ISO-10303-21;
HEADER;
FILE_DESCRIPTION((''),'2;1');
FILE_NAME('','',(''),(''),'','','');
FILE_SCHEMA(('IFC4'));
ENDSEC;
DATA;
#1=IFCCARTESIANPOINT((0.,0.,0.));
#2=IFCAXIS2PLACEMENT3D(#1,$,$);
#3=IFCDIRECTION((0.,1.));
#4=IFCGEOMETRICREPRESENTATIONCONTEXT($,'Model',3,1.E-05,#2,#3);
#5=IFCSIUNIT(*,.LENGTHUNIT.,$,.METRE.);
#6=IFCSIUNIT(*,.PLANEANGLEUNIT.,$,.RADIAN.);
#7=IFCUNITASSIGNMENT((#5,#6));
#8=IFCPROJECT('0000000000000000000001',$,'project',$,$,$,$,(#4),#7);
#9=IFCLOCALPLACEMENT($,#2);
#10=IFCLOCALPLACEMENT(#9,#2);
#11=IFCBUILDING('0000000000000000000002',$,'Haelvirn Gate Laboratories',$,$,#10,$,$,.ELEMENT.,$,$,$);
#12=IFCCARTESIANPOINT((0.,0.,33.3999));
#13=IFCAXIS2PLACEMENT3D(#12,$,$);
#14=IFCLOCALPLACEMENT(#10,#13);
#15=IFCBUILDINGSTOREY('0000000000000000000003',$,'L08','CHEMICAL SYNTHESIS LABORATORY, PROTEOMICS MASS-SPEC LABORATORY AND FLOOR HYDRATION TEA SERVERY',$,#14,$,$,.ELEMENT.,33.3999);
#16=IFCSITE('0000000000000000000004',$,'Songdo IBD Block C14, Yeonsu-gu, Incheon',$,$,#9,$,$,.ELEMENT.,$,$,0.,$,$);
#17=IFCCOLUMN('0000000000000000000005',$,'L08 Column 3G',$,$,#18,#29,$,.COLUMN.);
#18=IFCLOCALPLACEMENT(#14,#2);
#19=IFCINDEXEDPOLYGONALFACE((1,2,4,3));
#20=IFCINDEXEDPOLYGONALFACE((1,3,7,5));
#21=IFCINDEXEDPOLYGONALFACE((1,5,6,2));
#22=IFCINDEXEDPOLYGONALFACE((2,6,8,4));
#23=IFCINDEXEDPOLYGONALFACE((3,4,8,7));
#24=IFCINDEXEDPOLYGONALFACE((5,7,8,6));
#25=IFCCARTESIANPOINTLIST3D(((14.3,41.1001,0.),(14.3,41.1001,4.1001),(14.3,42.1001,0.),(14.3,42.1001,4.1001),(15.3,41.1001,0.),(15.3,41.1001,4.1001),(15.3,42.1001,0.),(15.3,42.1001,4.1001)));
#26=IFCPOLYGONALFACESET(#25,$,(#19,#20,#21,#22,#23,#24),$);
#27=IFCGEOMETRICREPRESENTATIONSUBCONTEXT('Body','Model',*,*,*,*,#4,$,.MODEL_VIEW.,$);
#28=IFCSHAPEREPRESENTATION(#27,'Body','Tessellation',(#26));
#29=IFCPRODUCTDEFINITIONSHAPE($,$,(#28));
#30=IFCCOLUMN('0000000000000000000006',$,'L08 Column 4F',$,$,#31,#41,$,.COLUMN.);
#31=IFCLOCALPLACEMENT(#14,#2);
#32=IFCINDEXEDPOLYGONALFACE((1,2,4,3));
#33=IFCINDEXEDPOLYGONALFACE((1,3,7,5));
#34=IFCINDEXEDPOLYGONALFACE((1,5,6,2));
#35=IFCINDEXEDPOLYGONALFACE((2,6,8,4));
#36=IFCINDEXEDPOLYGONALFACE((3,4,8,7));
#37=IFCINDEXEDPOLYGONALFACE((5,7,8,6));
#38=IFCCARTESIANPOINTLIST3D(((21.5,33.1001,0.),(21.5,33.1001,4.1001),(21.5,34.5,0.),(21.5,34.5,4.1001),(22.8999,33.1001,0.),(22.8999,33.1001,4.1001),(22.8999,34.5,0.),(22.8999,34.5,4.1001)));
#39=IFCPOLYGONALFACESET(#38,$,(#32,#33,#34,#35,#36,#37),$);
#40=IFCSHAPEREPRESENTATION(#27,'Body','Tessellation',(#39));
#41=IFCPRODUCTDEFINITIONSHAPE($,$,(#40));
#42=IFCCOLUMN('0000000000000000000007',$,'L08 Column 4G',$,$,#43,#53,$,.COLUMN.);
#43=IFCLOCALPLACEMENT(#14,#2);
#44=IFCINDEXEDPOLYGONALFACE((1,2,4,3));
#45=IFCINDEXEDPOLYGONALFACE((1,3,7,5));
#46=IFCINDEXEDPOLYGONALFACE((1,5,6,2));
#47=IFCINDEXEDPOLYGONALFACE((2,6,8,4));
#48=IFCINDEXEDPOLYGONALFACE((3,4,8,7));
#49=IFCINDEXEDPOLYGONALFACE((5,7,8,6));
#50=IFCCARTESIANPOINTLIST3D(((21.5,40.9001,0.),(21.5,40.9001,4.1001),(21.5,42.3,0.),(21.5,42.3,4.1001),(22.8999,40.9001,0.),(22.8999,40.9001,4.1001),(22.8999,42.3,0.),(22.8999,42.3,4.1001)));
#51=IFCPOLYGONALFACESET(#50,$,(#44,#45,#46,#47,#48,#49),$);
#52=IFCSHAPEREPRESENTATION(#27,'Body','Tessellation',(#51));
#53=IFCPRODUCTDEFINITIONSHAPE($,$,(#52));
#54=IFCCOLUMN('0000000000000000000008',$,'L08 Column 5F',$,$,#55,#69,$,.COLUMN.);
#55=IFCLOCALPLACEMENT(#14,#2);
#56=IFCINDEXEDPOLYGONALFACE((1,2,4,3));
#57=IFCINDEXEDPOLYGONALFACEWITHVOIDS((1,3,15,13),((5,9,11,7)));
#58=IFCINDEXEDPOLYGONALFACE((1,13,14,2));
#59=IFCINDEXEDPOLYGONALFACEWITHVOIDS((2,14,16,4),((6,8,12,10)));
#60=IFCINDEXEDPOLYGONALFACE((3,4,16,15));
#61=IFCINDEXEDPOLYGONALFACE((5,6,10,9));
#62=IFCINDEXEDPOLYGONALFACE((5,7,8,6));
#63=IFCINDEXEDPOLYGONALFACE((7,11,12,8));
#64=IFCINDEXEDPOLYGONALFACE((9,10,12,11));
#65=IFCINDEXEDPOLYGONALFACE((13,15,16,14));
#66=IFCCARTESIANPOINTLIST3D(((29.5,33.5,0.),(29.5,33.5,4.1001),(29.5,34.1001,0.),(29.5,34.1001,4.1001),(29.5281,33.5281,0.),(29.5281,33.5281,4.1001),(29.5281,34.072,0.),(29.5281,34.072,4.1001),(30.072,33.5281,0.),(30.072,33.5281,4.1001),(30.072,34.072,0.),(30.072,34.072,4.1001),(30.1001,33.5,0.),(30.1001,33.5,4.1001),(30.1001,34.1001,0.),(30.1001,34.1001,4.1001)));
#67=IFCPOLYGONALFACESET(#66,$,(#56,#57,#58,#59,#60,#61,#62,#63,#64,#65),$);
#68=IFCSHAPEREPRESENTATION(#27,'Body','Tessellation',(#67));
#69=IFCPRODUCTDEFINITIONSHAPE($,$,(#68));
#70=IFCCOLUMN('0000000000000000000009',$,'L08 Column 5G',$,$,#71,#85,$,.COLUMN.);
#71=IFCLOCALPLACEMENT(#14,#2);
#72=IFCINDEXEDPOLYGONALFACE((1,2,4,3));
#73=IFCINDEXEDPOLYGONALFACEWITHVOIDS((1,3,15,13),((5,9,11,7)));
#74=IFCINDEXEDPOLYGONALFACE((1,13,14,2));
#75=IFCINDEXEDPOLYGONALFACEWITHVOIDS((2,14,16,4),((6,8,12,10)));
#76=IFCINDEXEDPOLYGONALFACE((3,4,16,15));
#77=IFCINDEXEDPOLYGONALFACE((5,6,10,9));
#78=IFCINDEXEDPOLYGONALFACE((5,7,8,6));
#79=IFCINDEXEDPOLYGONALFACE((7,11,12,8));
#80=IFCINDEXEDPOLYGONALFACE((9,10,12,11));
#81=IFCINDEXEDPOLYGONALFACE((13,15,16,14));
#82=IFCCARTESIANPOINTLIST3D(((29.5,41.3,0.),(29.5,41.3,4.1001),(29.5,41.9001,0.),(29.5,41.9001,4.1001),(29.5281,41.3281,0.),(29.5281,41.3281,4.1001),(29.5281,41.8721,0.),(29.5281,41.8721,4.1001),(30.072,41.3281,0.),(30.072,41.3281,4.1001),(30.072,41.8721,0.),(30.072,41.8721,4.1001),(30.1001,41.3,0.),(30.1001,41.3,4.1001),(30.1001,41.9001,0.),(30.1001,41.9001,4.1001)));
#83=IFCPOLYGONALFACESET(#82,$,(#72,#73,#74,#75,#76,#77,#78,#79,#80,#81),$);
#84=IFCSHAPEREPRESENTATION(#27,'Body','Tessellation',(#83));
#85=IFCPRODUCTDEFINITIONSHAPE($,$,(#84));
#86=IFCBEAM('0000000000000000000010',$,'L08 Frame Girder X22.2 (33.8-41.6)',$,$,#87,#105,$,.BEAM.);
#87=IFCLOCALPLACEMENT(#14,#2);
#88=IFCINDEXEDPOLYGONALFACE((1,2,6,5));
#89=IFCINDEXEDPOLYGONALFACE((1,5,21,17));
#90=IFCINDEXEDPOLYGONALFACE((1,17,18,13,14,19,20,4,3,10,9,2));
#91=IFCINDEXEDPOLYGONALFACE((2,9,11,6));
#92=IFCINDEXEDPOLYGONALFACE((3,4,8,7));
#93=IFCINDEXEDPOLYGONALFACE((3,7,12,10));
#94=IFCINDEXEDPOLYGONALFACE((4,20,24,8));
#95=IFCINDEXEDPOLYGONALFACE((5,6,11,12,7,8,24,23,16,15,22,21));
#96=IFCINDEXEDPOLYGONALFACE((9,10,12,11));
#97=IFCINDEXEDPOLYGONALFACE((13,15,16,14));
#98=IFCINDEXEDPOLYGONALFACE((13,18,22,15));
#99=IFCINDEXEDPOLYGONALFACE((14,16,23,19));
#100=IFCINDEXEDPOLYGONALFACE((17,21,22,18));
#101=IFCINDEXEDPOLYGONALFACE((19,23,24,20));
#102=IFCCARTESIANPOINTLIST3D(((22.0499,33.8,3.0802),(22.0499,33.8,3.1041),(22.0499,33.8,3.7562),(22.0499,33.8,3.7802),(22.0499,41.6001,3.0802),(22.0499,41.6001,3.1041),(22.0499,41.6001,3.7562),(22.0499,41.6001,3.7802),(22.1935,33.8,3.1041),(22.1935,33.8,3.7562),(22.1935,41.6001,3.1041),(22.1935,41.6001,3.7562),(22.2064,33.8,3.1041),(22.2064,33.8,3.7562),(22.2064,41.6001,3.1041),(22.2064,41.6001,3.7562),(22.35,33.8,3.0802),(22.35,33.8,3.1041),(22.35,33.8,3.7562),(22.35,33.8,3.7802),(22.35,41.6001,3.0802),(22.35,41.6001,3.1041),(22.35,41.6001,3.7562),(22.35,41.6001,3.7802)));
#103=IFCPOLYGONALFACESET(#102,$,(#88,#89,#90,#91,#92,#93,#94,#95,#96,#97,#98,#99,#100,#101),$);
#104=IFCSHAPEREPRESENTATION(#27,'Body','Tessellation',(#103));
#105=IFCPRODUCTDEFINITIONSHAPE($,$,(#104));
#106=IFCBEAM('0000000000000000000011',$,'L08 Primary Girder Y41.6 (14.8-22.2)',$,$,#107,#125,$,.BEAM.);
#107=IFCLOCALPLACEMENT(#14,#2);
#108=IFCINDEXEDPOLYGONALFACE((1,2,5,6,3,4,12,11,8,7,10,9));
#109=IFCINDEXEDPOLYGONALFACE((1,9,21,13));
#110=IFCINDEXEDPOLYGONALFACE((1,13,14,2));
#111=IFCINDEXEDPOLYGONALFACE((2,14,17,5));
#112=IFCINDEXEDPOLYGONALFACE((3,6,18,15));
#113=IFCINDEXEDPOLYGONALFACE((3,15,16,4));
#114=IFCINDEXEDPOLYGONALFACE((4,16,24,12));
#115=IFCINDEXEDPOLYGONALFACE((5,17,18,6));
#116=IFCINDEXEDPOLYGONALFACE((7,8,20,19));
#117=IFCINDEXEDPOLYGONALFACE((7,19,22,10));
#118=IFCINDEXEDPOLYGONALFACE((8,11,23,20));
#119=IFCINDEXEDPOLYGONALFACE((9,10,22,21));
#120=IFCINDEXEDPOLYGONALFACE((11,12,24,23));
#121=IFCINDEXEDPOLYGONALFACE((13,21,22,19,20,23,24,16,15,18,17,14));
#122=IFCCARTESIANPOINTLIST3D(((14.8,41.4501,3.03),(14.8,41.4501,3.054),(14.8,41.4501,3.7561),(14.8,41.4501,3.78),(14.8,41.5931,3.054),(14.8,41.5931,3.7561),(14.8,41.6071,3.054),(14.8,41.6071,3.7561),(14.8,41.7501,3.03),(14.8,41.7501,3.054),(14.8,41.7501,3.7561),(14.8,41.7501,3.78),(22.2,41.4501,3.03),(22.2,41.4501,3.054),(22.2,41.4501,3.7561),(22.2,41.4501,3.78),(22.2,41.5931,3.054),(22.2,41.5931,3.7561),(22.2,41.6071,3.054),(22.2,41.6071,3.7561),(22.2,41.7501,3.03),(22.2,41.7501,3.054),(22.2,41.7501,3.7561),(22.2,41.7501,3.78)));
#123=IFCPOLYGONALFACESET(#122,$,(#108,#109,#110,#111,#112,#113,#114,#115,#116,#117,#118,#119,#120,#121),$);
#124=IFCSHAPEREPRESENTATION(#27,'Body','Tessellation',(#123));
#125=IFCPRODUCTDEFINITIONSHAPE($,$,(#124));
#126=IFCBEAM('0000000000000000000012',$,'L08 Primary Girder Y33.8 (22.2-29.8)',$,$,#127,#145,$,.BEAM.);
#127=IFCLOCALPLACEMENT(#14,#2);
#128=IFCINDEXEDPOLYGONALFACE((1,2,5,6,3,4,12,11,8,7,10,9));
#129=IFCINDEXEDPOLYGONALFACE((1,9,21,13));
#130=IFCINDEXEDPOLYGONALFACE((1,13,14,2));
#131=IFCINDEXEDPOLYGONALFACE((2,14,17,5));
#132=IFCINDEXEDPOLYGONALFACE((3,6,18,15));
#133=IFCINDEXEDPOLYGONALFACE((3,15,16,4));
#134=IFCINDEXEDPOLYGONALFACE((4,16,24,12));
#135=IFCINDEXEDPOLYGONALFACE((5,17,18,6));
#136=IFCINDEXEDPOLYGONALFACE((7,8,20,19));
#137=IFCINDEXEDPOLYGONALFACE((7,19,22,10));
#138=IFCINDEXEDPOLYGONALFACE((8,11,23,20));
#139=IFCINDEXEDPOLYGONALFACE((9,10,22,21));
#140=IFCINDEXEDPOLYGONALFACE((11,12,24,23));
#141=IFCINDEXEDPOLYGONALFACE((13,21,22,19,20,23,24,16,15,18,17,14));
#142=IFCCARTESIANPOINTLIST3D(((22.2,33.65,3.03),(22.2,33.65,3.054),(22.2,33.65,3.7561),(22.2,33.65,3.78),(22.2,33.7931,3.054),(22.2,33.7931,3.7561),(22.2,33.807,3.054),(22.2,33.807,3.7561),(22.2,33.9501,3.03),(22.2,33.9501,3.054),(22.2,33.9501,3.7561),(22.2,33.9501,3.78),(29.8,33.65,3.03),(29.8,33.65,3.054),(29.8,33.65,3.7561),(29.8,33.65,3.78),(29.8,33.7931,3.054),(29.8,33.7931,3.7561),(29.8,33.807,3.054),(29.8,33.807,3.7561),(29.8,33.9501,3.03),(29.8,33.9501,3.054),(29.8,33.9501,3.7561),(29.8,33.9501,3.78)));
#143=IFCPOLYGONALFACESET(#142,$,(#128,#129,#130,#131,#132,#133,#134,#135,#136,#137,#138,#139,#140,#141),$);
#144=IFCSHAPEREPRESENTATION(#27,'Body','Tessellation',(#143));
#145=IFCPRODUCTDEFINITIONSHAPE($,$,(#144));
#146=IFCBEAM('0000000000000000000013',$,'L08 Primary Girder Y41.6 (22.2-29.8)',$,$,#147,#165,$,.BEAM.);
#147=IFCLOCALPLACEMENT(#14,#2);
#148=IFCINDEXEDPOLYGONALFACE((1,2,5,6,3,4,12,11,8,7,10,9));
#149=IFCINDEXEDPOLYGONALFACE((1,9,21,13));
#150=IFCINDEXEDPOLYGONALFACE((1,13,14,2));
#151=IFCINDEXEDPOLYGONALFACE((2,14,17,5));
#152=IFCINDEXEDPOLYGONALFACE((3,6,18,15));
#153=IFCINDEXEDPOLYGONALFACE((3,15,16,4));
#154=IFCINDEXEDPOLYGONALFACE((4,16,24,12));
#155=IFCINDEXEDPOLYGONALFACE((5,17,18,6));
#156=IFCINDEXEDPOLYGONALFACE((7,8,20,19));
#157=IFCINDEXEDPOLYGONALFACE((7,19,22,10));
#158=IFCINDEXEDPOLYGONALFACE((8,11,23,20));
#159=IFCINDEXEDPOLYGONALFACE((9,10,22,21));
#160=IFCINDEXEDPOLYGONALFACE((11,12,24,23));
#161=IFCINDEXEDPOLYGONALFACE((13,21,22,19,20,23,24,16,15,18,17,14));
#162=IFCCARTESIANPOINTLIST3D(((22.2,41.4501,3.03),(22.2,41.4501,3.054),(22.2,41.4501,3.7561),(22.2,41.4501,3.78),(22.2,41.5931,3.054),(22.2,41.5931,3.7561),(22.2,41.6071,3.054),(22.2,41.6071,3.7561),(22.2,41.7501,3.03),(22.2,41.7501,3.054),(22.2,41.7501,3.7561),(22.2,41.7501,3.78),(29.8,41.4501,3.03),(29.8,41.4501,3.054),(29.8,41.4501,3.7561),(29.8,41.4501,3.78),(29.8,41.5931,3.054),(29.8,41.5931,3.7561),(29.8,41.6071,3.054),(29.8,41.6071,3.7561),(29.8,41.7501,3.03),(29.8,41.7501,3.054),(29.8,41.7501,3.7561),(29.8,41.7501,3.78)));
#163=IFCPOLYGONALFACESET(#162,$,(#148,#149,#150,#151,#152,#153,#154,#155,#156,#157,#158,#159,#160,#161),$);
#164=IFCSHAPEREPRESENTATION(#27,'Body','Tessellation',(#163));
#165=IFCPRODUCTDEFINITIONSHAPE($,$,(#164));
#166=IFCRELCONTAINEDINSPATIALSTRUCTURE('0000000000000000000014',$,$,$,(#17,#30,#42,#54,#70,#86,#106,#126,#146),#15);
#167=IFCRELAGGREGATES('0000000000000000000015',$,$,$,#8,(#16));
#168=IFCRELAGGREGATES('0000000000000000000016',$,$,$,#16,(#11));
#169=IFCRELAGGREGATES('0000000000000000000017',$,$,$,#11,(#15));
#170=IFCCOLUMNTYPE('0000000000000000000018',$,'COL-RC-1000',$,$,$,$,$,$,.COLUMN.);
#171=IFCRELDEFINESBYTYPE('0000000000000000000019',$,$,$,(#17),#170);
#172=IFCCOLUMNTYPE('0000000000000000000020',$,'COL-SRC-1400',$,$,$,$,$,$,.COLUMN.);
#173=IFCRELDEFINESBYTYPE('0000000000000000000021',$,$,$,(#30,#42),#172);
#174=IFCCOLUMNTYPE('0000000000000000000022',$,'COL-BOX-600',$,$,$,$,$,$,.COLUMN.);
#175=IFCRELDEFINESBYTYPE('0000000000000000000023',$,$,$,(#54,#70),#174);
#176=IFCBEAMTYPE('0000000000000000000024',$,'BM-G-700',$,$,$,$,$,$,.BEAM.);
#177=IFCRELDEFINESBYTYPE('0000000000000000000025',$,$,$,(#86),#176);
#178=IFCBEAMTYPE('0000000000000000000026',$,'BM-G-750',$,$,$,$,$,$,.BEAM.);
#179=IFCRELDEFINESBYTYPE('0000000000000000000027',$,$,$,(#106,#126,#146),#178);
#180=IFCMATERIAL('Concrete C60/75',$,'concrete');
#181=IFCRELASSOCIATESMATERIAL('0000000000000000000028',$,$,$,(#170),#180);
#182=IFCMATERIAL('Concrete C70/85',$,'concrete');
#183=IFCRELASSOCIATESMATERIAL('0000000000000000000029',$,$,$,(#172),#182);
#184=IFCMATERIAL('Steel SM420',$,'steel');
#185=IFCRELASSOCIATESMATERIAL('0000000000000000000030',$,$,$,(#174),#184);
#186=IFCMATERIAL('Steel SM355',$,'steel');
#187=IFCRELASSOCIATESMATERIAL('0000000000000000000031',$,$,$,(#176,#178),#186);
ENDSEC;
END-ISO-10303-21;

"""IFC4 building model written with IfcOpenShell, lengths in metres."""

from ifc_helpers import new_model, si_unit, direction, frame, origin, origin_2d, place, context, subcontext, project, spatial, rectangle, hollow_rectangle, i_section, extrude, source, transform, mapped, material, material_profile, profile_set, type_object, type_shapes, element, save


model = new_model("IFC4")

# Units and contexts
model_context = context("Model", 3, precision=1e-05, world=origin(), true_north=direction((0.0, 1.0)))
body_context = subcontext(model_context, "Body", "Model", "MODEL_VIEW")
ifc_project = project(units=[si_unit("LENGTHUNIT", "METRE"), si_unit("PLANEANGLEUNIT", "RADIAN")], contexts=[model_context])

# Site, building, storey
site_placement = place(None, origin())
site = spatial("IfcSite", under=ifc_project, at=site_placement, Name="Songdo IBD Block C14, Yeonsu-gu, Incheon", CompositionType="ELEMENT", RefElevation=0.0)
building_placement = place(site_placement, origin())
building = spatial("IfcBuilding", under=site, at=building_placement, Name="Haelvirn Gate Laboratories", CompositionType="ELEMENT")
storey_placement = place(building_placement, frame((0.0, 0.0, 33.3999)))
storey = spatial("IfcBuildingStorey", under=building, at=storey_placement, Name="L08", Description="CHEMICAL SYNTHESIS LABORATORY, PROTEOMICS MASS-SPEC LABORATORY AND FLOOR HYDRATION TEA SERVERY", CompositionType="ELEMENT", Elevation=33.3999)

# Columns
ifc_material_1 = material(Name="Concrete C60/75", Category="concrete")
ifc_material_profile_1 = material_profile(ifc_material_1, rectangle(XDim=1.0, YDim=1.0, at=origin_2d()), Name="RC-1000x1000")
ifc_profile_set_1 = profile_set([ifc_material_profile_1], Name="Concrete C60/75")
column_type_1 = type_object("IfcColumnType", Name="COL-RC-1000", PredefinedType="COLUMN", material=ifc_profile_set_1)
shared_shape_1 = source(origin(), body_context, "Body", "SweptSolid", [
    extrude(rectangle(XDim=1.0, YDim=1.0, at=origin_2d()), origin(), (0.0, 0.0, 1.0), 4.1001),
])
type_shapes(column_type_1, [shared_shape_1])
column_placement = place(storey_placement, frame((14.8, 41.6001, 0.0), z_axis=(0.0, 0.0, 1.0), x_axis=(1.0, 0.0, 0.0)))
element("IfcColumn", 1, at=column_placement, inside=storey, type_object=column_type_1, Name="L08 Column 3G", PredefinedType="COLUMN", context=body_context, shape_type="MappedRepresentation", body=[
    mapped(shared_shape_1, transform((0.0, 0.0, 0.0), scale=1.0)),
])
ifc_material_2 = material(Name="Concrete C70/85", Category="concrete")
ifc_material_profile_2 = material_profile(ifc_material_2, rectangle(XDim=1.3999, YDim=1.3999, at=origin_2d()), Name="SRC-1400x1400")
ifc_profile_set_2 = profile_set([ifc_material_profile_2], Name="Concrete C70/85")
column_type_2 = type_object("IfcColumnType", Name="COL-SRC-1400", PredefinedType="COLUMN", material=ifc_profile_set_2)
shared_shape_2 = source(origin(), body_context, "Body", "SweptSolid", [
    extrude(rectangle(XDim=1.3999, YDim=1.3999, at=origin_2d()), origin(), (0.0, 0.0, 1.0), 4.1001),
])
type_shapes(column_type_2, [shared_shape_2])
for number, where, z_axis, x_axis, name in (
    (2, (22.2, 33.8, 0.0), (0.0, 0.0, 1.0), (1.0, 0.0, 0.0), "L08 Column 4F"),
    (3, (22.2, 41.6001, 0.0), (0.0, 0.0, 1.0), (1.0, 0.0, 0.0), "L08 Column 4G"),
):
    element("IfcColumn", number, at=place(storey_placement, frame(where, z_axis=z_axis, x_axis=x_axis)), inside=storey, type_object=column_type_2, Name=name, PredefinedType="COLUMN", context=body_context, shape_type="MappedRepresentation", body=[
        mapped(shared_shape_2, transform((0.0, 0.0, 0.0), scale=1.0)),
    ])
ifc_material_3 = material(Name="Steel SM420", Category="steel")
ifc_material_profile_3 = material_profile(ifc_material_3, hollow_rectangle(XDim=0.6001, YDim=0.6001, WallThickness=0.0281, at=origin_2d()), Name="BOX-600x600x28")
ifc_profile_set_3 = profile_set([ifc_material_profile_3], Name="Steel SM420")
column_type_3 = type_object("IfcColumnType", Name="COL-BOX-600", PredefinedType="COLUMN", material=ifc_profile_set_3)
shared_shape_3 = source(origin(), body_context, "Body", "SweptSolid", [
    extrude(hollow_rectangle(XDim=0.6001, YDim=0.6001, WallThickness=0.0281, at=origin_2d()), origin(), (0.0, 0.0, 1.0), 4.1001),
])
type_shapes(column_type_3, [shared_shape_3])
for number, where, z_axis, x_axis, name in (
    (4, (29.8, 33.8, 0.0), (0.0, 0.0, 1.0), (1.0, 0.0, 0.0), "L08 Column 5F"),
    (5, (29.8, 41.6001, 0.0), (0.0, 0.0, 1.0), (1.0, 0.0, 0.0), "L08 Column 5G"),
):
    element("IfcColumn", number, at=place(storey_placement, frame(where, z_axis=z_axis, x_axis=x_axis)), inside=storey, type_object=column_type_3, Name=name, PredefinedType="COLUMN", context=body_context, shape_type="MappedRepresentation", body=[
        mapped(shared_shape_3, transform((0.0, 0.0, 0.0), scale=1.0)),
    ])

# Beams
ifc_material_4 = material(Name="Steel SM355", Category="steel")
ifc_material_profile_4 = material_profile(ifc_material_4, i_section(OverallWidth=0.3, OverallDepth=0.7, WebThickness=0.0129, FlangeThickness=0.0239, at=origin_2d()), Name="H-700x300x13x24")
ifc_profile_set_4 = profile_set([ifc_material_profile_4], Name="Steel SM355")
beam_type_1 = type_object("IfcBeamType", Name="BM-G-700", PredefinedType="BEAM", material=ifc_profile_set_4)
shared_shape_4 = source(origin(), body_context, "Body", "SweptSolid", [
    extrude(i_section(OverallWidth=0.3, OverallDepth=0.7, WebThickness=0.0129, FlangeThickness=0.0239, at=origin_2d()), origin(), (0.0, 0.0, 1.0), 7.8),
])
type_shapes(beam_type_1, [shared_shape_4])
beam_1_placement = place(storey_placement, frame((22.2, 33.8, 3.4302), z_axis=(0.0, 1.0, 0.0), x_axis=(-1.0, 0.0, 0.0)))
element("IfcBeam", 6, at=beam_1_placement, inside=storey, type_object=beam_type_1, Name="L08 Frame Girder X22.2 (33.8-41.6)", PredefinedType="BEAM", context=body_context, shape_type="MappedRepresentation", body=[
    mapped(shared_shape_4, transform((0.0, 0.0, 0.0), scale=1.0)),
])
ifc_material_profile_5 = material_profile(ifc_material_4, i_section(OverallWidth=0.3, OverallDepth=0.75, WebThickness=0.0139, FlangeThickness=0.0239, at=origin_2d()), Name="H-750x300x14x24")
ifc_profile_set_5 = profile_set([ifc_material_profile_5], Name="Steel SM355")
beam_type_2 = type_object("IfcBeamType", Name="BM-G-750", PredefinedType="BEAM", material=ifc_profile_set_5)
shared_shape_5 = source(origin(), body_context, "Body", "SweptSolid", [
    extrude(i_section(OverallWidth=0.3, OverallDepth=0.75, WebThickness=0.0139, FlangeThickness=0.0239, at=origin_2d()), origin(), (0.0, 0.0, 1.0), 7.3999),
])
beam_2_placement = place(storey_placement, frame((14.8, 41.6001, 3.405), z_axis=(1.0, 0.0, 0.0), x_axis=(0.0, 1.0, 0.0)))
element("IfcBeam", 7, at=beam_2_placement, inside=storey, type_object=beam_type_2, Name="L08 Primary Girder Y41.6 (14.8-22.2)", PredefinedType="BEAM", context=body_context, shape_type="MappedRepresentation", body=[
    mapped(shared_shape_5, transform((0.0, 0.0, 0.0), scale=1.0)),
])
shared_shape_6 = source(origin(), body_context, "Body", "SweptSolid", [
    extrude(i_section(OverallWidth=0.3, OverallDepth=0.75, WebThickness=0.0139, FlangeThickness=0.0239, at=origin_2d()), origin(), (0.0, 0.0, 1.0), 7.6001),
])
for number, where, z_axis, x_axis, name in (
    (8, (22.2, 33.8, 3.405), (1.0, 0.0, 0.0), (0.0, 1.0, 0.0), "L08 Primary Girder Y33.8 (22.2-29.8)"),
    (9, (22.2, 41.6001, 3.405), (1.0, 0.0, 0.0), (0.0, 1.0, 0.0), "L08 Primary Girder Y41.6 (22.2-29.8)"),
):
    element("IfcBeam", number, at=place(storey_placement, frame(where, z_axis=z_axis, x_axis=x_axis)), inside=storey, type_object=beam_type_2, Name=name, PredefinedType="BEAM", context=body_context, shape_type="MappedRepresentation", body=[
        mapped(shared_shape_6, transform((0.0, 0.0, 0.0), scale=1.0)),
    ])

save(model, "model.ifc")
